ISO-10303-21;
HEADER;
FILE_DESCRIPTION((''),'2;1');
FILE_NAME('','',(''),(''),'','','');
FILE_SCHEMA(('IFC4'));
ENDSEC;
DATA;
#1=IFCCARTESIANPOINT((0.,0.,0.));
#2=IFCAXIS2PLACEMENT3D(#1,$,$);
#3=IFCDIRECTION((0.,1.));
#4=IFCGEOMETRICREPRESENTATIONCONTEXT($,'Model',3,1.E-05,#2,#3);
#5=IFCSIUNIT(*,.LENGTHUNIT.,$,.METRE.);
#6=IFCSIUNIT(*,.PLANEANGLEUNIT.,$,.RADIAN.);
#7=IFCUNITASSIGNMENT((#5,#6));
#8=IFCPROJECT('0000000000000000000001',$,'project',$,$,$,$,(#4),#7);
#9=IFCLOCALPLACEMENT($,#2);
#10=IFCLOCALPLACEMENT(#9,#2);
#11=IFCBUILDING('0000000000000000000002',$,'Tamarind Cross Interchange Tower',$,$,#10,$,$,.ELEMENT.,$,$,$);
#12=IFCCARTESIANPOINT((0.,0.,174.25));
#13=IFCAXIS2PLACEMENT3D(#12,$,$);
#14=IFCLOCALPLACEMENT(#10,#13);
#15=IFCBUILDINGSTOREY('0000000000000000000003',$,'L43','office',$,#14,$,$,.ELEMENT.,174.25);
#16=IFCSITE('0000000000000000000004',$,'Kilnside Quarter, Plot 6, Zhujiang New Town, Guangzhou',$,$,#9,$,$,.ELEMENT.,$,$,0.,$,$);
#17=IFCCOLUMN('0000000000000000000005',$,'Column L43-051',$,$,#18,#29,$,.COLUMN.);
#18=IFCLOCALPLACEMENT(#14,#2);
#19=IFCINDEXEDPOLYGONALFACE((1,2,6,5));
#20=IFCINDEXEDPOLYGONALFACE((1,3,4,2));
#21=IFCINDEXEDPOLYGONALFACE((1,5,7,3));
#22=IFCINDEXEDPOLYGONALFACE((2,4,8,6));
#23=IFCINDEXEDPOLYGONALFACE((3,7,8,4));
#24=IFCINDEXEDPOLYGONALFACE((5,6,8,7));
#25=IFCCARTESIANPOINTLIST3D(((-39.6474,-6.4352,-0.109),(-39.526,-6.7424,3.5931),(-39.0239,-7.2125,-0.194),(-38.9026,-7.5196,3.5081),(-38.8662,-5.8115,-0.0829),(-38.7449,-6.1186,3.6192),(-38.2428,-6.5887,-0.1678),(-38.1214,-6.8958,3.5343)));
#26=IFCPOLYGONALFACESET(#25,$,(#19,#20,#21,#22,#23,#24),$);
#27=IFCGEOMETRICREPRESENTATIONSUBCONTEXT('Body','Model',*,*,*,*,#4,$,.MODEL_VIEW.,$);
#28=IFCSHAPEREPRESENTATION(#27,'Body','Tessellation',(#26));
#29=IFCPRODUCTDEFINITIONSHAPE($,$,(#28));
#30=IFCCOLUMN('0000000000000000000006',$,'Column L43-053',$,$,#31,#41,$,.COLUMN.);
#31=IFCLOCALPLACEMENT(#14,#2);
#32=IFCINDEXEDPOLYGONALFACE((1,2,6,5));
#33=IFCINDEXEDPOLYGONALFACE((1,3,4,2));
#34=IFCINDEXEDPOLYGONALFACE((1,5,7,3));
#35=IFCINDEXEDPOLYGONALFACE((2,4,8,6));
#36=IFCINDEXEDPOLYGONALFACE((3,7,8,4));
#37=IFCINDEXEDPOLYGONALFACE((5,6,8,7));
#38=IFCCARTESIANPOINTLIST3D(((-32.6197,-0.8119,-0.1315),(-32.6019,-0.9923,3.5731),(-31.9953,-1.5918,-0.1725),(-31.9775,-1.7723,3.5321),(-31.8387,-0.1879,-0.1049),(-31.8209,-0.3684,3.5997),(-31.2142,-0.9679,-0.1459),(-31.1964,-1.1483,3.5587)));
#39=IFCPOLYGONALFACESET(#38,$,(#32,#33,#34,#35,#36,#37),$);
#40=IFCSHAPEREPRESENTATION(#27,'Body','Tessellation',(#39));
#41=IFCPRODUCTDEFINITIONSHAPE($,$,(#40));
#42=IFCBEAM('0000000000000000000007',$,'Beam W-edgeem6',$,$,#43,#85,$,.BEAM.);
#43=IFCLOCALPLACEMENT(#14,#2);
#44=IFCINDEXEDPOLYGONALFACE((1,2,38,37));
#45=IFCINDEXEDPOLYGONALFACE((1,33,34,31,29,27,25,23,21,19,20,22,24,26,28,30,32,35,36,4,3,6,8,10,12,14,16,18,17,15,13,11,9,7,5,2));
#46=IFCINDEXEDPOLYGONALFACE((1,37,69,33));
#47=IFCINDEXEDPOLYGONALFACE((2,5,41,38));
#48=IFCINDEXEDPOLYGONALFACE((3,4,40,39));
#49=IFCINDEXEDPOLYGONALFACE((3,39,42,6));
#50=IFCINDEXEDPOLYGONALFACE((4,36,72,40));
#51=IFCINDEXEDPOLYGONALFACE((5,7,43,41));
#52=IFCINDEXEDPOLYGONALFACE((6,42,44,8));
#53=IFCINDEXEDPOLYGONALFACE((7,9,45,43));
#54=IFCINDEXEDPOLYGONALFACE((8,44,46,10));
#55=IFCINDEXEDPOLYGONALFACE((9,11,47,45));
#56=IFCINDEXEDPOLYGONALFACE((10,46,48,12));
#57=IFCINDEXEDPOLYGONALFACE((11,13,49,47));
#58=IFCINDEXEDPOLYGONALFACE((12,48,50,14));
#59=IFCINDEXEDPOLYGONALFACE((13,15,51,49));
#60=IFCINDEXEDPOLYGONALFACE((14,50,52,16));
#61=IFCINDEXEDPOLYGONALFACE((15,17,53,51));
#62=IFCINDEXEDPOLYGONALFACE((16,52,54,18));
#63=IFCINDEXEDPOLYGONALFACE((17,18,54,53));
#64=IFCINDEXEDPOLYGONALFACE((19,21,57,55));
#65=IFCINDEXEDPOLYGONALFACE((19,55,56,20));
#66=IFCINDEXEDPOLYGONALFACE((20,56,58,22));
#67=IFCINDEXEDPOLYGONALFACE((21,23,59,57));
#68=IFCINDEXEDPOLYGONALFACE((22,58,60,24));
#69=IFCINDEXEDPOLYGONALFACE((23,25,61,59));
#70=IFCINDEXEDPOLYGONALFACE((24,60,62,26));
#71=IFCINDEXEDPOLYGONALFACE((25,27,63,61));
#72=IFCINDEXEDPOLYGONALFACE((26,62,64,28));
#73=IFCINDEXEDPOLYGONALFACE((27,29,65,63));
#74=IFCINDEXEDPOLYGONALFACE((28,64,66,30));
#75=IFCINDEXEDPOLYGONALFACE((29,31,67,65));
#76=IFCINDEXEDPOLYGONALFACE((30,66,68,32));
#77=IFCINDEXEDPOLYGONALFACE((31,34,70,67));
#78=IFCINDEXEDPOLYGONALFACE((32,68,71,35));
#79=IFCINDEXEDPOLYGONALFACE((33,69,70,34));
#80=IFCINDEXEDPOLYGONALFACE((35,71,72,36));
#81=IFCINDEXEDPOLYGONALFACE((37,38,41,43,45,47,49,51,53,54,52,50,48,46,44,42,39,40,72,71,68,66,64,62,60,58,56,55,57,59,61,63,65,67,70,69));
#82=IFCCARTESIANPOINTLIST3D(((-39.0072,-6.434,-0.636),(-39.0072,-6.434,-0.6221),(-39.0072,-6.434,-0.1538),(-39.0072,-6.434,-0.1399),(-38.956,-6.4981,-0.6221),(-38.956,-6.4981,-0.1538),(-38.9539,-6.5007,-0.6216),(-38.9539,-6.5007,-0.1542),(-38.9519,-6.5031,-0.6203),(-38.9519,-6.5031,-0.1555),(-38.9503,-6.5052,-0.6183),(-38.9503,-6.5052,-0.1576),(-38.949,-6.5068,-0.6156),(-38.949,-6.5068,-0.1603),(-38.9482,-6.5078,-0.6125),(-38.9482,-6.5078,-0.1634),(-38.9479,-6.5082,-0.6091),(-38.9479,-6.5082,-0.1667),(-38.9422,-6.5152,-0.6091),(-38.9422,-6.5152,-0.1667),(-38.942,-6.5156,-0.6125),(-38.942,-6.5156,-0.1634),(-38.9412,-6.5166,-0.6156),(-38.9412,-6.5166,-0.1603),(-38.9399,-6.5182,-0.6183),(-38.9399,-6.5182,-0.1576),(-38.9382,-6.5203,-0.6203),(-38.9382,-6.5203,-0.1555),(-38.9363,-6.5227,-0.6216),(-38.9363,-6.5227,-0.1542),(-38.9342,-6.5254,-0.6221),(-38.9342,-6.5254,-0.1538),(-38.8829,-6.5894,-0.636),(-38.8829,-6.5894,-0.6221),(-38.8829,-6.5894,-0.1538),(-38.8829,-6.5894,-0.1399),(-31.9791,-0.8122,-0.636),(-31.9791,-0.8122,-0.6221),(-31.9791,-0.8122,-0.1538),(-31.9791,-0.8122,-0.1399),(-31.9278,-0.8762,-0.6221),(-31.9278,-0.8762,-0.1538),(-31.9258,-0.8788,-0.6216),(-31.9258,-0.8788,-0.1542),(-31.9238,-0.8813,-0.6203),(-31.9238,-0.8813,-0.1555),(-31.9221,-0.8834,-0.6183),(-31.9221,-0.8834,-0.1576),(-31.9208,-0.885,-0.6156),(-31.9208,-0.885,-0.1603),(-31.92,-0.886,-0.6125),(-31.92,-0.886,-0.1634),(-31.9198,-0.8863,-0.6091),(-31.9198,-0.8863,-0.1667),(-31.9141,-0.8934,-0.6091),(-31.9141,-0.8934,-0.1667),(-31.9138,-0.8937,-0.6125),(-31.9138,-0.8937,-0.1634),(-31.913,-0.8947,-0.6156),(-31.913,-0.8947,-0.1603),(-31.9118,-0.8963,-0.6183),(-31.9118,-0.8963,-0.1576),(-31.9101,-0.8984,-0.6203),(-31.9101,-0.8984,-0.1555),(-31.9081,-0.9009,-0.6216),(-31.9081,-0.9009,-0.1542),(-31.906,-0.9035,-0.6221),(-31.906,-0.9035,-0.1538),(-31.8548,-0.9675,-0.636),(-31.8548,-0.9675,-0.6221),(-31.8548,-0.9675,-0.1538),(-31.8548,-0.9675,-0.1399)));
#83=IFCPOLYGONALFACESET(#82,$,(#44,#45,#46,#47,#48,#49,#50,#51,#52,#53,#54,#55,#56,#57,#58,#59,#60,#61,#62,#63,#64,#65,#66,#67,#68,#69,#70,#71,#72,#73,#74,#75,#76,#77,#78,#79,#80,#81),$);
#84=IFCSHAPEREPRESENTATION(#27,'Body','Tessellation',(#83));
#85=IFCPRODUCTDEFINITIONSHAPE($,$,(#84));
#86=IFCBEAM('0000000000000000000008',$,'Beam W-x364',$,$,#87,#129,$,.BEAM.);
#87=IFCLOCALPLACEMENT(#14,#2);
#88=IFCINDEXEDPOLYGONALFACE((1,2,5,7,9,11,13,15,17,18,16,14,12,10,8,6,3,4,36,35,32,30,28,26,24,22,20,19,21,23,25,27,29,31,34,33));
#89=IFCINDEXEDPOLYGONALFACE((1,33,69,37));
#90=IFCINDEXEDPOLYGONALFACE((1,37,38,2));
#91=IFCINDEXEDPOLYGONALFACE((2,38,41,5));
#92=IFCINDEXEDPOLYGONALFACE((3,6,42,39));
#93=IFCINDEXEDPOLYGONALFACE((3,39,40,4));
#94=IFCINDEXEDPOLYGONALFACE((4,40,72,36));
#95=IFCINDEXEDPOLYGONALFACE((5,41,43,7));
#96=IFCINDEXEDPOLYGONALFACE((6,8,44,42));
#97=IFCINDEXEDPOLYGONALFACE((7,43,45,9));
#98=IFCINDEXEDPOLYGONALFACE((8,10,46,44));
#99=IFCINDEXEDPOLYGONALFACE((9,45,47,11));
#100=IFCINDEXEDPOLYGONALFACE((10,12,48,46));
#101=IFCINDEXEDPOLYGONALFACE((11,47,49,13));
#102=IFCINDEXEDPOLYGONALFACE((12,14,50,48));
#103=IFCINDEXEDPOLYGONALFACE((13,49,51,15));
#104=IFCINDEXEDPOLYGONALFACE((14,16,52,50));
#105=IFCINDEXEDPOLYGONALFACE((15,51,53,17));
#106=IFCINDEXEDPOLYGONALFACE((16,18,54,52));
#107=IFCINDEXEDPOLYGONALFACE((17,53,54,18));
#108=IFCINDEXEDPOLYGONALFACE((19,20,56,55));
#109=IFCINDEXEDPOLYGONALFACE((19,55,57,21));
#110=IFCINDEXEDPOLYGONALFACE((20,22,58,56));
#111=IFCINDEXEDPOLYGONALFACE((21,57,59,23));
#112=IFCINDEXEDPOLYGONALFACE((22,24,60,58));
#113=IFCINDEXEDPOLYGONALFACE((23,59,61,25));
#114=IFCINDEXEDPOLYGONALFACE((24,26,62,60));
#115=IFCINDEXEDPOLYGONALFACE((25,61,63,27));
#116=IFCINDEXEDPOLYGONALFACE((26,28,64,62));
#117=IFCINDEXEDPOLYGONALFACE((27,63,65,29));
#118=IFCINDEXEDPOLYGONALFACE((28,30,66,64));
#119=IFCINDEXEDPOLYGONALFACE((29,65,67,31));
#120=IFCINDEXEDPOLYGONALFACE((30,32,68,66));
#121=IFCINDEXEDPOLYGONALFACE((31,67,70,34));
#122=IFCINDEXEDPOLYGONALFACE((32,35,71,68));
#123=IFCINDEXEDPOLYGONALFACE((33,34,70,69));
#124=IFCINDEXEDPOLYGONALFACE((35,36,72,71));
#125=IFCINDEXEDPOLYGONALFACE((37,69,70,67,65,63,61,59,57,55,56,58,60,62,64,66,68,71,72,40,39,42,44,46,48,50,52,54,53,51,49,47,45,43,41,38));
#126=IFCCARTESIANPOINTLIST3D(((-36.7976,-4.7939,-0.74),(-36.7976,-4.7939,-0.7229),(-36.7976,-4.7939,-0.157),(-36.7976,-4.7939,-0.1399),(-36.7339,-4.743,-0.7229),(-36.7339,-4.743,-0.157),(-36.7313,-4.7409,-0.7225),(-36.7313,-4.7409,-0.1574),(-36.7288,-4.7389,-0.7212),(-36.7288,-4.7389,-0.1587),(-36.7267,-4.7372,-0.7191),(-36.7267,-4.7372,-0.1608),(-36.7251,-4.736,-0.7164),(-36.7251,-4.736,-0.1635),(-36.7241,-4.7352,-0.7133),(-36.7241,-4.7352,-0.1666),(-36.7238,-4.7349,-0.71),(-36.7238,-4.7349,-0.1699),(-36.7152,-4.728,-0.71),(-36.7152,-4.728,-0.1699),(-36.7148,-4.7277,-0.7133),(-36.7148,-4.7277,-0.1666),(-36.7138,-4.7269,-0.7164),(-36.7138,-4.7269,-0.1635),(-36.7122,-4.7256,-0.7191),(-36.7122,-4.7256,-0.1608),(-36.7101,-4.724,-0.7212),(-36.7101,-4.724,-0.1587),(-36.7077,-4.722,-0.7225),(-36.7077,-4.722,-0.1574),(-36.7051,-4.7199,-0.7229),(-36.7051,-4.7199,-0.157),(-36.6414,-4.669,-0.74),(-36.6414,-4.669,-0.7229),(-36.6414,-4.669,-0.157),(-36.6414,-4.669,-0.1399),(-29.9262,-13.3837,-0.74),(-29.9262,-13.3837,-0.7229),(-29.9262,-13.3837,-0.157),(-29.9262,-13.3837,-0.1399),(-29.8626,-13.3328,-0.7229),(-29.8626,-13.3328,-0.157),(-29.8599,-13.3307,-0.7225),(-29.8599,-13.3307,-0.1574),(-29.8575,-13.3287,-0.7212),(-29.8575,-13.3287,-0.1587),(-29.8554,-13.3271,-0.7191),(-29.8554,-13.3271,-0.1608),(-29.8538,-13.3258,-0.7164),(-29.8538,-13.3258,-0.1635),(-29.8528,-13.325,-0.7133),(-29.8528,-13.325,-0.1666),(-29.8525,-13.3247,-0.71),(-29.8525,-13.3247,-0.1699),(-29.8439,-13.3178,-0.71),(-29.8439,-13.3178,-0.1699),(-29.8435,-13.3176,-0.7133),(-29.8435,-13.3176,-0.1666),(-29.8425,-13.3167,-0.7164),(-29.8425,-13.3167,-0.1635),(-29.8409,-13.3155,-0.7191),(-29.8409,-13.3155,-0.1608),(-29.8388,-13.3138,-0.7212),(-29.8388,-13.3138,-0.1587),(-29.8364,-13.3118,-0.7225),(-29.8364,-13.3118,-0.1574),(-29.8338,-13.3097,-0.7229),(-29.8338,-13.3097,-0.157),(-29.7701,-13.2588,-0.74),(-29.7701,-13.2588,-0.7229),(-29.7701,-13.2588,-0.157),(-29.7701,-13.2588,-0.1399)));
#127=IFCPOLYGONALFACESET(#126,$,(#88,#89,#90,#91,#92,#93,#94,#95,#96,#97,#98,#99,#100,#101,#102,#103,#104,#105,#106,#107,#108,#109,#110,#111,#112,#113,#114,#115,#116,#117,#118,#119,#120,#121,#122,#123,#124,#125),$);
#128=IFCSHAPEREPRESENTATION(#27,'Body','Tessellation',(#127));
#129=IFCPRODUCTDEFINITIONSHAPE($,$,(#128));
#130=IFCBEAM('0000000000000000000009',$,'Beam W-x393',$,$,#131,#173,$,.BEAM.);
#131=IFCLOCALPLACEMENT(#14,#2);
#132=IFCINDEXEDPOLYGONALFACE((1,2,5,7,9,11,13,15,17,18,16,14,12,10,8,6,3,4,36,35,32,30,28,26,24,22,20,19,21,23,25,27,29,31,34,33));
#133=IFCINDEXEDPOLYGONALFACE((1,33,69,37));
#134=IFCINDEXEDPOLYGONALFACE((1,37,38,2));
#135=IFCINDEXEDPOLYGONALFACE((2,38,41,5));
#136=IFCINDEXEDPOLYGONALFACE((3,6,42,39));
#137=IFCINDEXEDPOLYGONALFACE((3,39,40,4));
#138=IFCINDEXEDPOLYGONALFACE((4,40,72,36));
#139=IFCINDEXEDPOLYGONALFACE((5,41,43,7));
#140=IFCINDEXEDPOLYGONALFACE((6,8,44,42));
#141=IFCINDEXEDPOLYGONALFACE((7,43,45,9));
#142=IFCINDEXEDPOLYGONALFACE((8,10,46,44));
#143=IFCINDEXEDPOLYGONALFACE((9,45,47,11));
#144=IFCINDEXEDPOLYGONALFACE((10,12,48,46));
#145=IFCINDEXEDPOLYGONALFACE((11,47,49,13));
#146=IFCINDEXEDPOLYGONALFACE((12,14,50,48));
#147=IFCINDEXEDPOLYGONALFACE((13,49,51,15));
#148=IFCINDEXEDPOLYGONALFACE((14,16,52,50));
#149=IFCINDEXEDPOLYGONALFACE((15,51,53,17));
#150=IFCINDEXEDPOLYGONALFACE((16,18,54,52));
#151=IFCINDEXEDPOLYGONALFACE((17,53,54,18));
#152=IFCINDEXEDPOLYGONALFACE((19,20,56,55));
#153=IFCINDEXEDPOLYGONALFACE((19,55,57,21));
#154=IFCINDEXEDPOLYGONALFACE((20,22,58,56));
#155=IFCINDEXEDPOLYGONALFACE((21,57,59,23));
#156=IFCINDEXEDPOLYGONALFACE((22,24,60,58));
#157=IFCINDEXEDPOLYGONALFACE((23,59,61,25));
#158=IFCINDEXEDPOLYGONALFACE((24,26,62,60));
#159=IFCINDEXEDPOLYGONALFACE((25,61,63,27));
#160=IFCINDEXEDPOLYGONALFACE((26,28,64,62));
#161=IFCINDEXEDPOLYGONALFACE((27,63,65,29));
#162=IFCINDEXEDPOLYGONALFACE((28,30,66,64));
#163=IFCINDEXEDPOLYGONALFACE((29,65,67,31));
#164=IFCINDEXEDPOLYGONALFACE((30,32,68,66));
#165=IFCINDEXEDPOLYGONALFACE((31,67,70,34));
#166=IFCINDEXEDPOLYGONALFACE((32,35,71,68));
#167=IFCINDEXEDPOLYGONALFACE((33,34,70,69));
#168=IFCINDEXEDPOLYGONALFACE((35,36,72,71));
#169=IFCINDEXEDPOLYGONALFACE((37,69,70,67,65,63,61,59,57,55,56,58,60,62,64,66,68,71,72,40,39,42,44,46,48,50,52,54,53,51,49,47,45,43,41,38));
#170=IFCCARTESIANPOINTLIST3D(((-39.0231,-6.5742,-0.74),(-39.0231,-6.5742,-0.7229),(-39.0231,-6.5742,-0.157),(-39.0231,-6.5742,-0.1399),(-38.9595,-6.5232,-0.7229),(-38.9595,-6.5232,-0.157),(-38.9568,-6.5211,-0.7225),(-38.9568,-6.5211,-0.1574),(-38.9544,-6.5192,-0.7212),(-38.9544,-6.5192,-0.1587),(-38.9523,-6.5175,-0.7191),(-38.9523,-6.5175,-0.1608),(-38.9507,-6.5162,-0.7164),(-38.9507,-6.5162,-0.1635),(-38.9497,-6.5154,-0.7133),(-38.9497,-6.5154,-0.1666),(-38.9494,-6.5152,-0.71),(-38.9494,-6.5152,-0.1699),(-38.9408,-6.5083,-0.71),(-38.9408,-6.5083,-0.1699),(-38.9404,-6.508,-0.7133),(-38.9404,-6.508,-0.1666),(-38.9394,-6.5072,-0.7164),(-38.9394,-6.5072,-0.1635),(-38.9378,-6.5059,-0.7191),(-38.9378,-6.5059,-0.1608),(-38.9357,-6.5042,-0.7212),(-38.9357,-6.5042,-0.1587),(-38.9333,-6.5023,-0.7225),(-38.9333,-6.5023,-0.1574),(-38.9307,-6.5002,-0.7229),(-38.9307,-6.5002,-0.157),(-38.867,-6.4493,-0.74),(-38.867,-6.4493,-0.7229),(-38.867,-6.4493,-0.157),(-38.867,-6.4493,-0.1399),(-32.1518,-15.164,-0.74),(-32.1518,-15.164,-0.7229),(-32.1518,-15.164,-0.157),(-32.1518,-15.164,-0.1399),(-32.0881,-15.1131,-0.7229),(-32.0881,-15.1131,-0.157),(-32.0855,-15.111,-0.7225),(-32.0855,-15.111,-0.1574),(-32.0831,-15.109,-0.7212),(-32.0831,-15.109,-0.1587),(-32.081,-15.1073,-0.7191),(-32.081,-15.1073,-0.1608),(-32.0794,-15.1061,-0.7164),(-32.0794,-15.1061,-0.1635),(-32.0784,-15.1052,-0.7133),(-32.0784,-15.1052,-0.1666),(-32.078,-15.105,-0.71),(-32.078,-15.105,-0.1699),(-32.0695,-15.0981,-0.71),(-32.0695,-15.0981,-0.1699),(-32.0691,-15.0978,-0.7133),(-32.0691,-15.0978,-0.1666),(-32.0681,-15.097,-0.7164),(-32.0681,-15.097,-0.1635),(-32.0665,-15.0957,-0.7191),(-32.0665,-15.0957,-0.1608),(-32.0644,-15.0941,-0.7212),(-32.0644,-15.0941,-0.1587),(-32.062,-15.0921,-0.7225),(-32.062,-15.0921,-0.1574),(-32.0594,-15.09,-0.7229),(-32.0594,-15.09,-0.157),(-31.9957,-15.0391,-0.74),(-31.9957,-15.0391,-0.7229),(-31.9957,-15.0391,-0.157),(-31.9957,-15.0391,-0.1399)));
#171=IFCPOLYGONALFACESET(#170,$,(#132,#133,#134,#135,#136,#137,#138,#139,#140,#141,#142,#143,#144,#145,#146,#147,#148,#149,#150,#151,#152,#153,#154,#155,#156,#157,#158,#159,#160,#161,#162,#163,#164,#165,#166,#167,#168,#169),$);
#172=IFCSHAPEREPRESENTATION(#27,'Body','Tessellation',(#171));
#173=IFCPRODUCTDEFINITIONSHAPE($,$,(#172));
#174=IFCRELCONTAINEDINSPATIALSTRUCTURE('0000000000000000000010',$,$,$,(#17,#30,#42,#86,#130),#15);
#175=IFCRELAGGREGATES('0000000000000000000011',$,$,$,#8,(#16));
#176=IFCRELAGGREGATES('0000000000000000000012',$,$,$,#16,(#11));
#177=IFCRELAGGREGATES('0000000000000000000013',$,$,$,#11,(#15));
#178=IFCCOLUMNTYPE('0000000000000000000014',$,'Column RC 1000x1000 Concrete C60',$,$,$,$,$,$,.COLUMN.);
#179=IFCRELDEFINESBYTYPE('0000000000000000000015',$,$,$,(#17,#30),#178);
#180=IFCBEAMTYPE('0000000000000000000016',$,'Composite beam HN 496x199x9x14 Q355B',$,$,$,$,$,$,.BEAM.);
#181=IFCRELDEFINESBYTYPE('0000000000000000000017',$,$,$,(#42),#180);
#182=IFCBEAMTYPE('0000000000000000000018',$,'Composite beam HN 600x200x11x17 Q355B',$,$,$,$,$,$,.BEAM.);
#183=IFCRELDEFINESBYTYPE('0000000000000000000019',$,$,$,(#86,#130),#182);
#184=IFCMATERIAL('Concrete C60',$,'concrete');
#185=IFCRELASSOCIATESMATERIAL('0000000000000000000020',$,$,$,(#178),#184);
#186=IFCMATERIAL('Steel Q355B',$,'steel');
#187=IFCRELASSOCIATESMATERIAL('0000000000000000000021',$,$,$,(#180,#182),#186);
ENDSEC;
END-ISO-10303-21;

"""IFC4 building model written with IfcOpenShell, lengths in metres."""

from ifc_helpers import new_model, si_unit, direction, frame, origin, origin_2d, place, context, subcontext, project, spatial, rectangle, i_section, extrude, material, material_profile, profile_set, type_object, element, save


model = new_model("IFC4")

# Units and contexts
model_context = context("Model", 3, precision=1e-05, world=origin(), true_north=direction((0.0, 1.0)))
body_context = subcontext(model_context, "Body", "Model", "MODEL_VIEW")
ifc_project = project(units=[si_unit("LENGTHUNIT", "METRE"), si_unit("PLANEANGLEUNIT", "RADIAN")], contexts=[model_context])

# Site, building, storey
site_placement = place(None, origin())
site = spatial("IfcSite", under=ifc_project, at=site_placement, Name="Kilnside Quarter, Plot 6, Zhujiang New Town, Guangzhou", CompositionType="ELEMENT", RefElevation=0.0)
building_placement = place(site_placement, origin())
building = spatial("IfcBuilding", under=site, at=building_placement, Name="Tamarind Cross Interchange Tower", CompositionType="ELEMENT")
storey_placement = place(building_placement, frame((0.0, 0.0, 174.25)))
storey = spatial("IfcBuildingStorey", under=building, at=storey_placement, Name="L43", Description="office", CompositionType="ELEMENT", Elevation=174.25)

# Columns
ifc_material_1 = material(Name="Concrete C60", Category="concrete")
ifc_material_profile_1 = material_profile(ifc_material_1, rectangle(XDim=1.0, YDim=1.0, at=origin_2d()), Name="RC 1000x1000")
ifc_profile_set_1 = profile_set([ifc_material_profile_1], Name="Concrete C60")
column_type = type_object("IfcColumnType", Name="Column RC 1000x1000 Concrete C60", PredefinedType="COLUMN", material=ifc_profile_set_1)
column_1_placement = place(storey_placement, frame((-38.9451, -6.512, -0.1384), z_axis=(0.032645, -0.082632, 0.996045), x_axis=(0.781168, 0.623774, 0.026145)))
element("IfcColumn", 1, at=column_1_placement, inside=storey, type_object=column_type, Name="Column L43-051", PredefinedType="COLUMN", context=body_context, shape_type="SweptSolid", body=[
    extrude(rectangle(XDim=1.0, YDim=1.0, at=origin_2d()), origin(), (0.0, 0.0, 1.0), 3.7168),
])
column_2_placement = place(storey_placement, frame((-31.917, -0.8899, -0.1387), z_axis=(0.004805, -0.048644, 0.998805), x_axis=(0.781044, 0.623907, 0.026628)))
element("IfcColumn", 2, at=column_2_placement, inside=storey, type_object=column_type, Name="Column L43-053", PredefinedType="COLUMN", context=body_context, shape_type="SweptSolid", body=[
    extrude(rectangle(XDim=1.0, YDim=1.0, at=origin_2d()), origin(), (0.0, 0.0, 1.0), 3.709),
])

# Beams
ifc_material_2 = material(Name="Steel Q355B", Category="steel")
ifc_material_profile_2 = material_profile(ifc_material_2, i_section(OverallWidth=0.199, OverallDepth=0.4961, WebThickness=0.009, FlangeThickness=0.0139, FilletRadius=0.0129, at=origin_2d()), Name="HN 496x199x9x14")
ifc_profile_set_2 = profile_set([ifc_material_profile_2], Name="Steel Q355B")
beam_type_1 = type_object("IfcBeamType", Name="Composite beam HN 496x199x9x14 Q355B", PredefinedType="BEAM", material=ifc_profile_set_2)
beam_placement = place(storey_placement, frame((-38.9451, -6.5117, -0.3879), z_axis=(0.780903, 0.624652, 0.0), x_axis=(-0.624652, 0.780903, 0.0)))
element("IfcBeam", 3, at=beam_placement, inside=storey, type_object=beam_type_1, Name="Beam W-edgeem6", PredefinedType="BEAM", context=body_context, shape_type="SweptSolid", body=[
    extrude(i_section(OverallWidth=0.199, OverallDepth=0.4961, WebThickness=0.009, FlangeThickness=0.0139, FilletRadius=0.0129, at=origin_2d()), origin(), (0.0, 0.0, 1.0), 9.0),
])
ifc_material_profile_3 = material_profile(ifc_material_2, i_section(OverallWidth=0.2, OverallDepth=0.6001, WebThickness=0.011, FlangeThickness=0.0171, FilletRadius=0.0129, at=origin_2d()), Name="HN 600x200x11x17")
ifc_profile_set_3 = profile_set([ifc_material_profile_3], Name="Steel Q355B")
beam_type_2 = type_object("IfcBeamType", Name="Composite beam HN 600x200x11x17 Q355B", PredefinedType="BEAM", material=ifc_profile_set_3)
for number, where, z_axis, x_axis, name in (
    (4, (-36.7195, -4.7314, -0.4399), (0.624665, -0.780893, 0.0), (0.780893, 0.624665, 0.0), "Beam W-x364"),
    (5, (-38.9451, -6.5117, -0.4399), (0.624665, -0.780893, 0.0), (0.780893, 0.624665, 0.0), "Beam W-x393"),
):
    element("IfcBeam", number, at=place(storey_placement, frame(where, z_axis=z_axis, x_axis=x_axis)), inside=storey, type_object=beam_type_2, Name=name, PredefinedType="BEAM", context=body_context, shape_type="SweptSolid", body=[
        extrude(i_section(OverallWidth=0.2, OverallDepth=0.6001, WebThickness=0.011, FlangeThickness=0.0171, FilletRadius=0.0129, at=origin_2d()), origin(), (0.0, 0.0, 1.0), 11.0),
    ])

save(model, "model.ifc")
